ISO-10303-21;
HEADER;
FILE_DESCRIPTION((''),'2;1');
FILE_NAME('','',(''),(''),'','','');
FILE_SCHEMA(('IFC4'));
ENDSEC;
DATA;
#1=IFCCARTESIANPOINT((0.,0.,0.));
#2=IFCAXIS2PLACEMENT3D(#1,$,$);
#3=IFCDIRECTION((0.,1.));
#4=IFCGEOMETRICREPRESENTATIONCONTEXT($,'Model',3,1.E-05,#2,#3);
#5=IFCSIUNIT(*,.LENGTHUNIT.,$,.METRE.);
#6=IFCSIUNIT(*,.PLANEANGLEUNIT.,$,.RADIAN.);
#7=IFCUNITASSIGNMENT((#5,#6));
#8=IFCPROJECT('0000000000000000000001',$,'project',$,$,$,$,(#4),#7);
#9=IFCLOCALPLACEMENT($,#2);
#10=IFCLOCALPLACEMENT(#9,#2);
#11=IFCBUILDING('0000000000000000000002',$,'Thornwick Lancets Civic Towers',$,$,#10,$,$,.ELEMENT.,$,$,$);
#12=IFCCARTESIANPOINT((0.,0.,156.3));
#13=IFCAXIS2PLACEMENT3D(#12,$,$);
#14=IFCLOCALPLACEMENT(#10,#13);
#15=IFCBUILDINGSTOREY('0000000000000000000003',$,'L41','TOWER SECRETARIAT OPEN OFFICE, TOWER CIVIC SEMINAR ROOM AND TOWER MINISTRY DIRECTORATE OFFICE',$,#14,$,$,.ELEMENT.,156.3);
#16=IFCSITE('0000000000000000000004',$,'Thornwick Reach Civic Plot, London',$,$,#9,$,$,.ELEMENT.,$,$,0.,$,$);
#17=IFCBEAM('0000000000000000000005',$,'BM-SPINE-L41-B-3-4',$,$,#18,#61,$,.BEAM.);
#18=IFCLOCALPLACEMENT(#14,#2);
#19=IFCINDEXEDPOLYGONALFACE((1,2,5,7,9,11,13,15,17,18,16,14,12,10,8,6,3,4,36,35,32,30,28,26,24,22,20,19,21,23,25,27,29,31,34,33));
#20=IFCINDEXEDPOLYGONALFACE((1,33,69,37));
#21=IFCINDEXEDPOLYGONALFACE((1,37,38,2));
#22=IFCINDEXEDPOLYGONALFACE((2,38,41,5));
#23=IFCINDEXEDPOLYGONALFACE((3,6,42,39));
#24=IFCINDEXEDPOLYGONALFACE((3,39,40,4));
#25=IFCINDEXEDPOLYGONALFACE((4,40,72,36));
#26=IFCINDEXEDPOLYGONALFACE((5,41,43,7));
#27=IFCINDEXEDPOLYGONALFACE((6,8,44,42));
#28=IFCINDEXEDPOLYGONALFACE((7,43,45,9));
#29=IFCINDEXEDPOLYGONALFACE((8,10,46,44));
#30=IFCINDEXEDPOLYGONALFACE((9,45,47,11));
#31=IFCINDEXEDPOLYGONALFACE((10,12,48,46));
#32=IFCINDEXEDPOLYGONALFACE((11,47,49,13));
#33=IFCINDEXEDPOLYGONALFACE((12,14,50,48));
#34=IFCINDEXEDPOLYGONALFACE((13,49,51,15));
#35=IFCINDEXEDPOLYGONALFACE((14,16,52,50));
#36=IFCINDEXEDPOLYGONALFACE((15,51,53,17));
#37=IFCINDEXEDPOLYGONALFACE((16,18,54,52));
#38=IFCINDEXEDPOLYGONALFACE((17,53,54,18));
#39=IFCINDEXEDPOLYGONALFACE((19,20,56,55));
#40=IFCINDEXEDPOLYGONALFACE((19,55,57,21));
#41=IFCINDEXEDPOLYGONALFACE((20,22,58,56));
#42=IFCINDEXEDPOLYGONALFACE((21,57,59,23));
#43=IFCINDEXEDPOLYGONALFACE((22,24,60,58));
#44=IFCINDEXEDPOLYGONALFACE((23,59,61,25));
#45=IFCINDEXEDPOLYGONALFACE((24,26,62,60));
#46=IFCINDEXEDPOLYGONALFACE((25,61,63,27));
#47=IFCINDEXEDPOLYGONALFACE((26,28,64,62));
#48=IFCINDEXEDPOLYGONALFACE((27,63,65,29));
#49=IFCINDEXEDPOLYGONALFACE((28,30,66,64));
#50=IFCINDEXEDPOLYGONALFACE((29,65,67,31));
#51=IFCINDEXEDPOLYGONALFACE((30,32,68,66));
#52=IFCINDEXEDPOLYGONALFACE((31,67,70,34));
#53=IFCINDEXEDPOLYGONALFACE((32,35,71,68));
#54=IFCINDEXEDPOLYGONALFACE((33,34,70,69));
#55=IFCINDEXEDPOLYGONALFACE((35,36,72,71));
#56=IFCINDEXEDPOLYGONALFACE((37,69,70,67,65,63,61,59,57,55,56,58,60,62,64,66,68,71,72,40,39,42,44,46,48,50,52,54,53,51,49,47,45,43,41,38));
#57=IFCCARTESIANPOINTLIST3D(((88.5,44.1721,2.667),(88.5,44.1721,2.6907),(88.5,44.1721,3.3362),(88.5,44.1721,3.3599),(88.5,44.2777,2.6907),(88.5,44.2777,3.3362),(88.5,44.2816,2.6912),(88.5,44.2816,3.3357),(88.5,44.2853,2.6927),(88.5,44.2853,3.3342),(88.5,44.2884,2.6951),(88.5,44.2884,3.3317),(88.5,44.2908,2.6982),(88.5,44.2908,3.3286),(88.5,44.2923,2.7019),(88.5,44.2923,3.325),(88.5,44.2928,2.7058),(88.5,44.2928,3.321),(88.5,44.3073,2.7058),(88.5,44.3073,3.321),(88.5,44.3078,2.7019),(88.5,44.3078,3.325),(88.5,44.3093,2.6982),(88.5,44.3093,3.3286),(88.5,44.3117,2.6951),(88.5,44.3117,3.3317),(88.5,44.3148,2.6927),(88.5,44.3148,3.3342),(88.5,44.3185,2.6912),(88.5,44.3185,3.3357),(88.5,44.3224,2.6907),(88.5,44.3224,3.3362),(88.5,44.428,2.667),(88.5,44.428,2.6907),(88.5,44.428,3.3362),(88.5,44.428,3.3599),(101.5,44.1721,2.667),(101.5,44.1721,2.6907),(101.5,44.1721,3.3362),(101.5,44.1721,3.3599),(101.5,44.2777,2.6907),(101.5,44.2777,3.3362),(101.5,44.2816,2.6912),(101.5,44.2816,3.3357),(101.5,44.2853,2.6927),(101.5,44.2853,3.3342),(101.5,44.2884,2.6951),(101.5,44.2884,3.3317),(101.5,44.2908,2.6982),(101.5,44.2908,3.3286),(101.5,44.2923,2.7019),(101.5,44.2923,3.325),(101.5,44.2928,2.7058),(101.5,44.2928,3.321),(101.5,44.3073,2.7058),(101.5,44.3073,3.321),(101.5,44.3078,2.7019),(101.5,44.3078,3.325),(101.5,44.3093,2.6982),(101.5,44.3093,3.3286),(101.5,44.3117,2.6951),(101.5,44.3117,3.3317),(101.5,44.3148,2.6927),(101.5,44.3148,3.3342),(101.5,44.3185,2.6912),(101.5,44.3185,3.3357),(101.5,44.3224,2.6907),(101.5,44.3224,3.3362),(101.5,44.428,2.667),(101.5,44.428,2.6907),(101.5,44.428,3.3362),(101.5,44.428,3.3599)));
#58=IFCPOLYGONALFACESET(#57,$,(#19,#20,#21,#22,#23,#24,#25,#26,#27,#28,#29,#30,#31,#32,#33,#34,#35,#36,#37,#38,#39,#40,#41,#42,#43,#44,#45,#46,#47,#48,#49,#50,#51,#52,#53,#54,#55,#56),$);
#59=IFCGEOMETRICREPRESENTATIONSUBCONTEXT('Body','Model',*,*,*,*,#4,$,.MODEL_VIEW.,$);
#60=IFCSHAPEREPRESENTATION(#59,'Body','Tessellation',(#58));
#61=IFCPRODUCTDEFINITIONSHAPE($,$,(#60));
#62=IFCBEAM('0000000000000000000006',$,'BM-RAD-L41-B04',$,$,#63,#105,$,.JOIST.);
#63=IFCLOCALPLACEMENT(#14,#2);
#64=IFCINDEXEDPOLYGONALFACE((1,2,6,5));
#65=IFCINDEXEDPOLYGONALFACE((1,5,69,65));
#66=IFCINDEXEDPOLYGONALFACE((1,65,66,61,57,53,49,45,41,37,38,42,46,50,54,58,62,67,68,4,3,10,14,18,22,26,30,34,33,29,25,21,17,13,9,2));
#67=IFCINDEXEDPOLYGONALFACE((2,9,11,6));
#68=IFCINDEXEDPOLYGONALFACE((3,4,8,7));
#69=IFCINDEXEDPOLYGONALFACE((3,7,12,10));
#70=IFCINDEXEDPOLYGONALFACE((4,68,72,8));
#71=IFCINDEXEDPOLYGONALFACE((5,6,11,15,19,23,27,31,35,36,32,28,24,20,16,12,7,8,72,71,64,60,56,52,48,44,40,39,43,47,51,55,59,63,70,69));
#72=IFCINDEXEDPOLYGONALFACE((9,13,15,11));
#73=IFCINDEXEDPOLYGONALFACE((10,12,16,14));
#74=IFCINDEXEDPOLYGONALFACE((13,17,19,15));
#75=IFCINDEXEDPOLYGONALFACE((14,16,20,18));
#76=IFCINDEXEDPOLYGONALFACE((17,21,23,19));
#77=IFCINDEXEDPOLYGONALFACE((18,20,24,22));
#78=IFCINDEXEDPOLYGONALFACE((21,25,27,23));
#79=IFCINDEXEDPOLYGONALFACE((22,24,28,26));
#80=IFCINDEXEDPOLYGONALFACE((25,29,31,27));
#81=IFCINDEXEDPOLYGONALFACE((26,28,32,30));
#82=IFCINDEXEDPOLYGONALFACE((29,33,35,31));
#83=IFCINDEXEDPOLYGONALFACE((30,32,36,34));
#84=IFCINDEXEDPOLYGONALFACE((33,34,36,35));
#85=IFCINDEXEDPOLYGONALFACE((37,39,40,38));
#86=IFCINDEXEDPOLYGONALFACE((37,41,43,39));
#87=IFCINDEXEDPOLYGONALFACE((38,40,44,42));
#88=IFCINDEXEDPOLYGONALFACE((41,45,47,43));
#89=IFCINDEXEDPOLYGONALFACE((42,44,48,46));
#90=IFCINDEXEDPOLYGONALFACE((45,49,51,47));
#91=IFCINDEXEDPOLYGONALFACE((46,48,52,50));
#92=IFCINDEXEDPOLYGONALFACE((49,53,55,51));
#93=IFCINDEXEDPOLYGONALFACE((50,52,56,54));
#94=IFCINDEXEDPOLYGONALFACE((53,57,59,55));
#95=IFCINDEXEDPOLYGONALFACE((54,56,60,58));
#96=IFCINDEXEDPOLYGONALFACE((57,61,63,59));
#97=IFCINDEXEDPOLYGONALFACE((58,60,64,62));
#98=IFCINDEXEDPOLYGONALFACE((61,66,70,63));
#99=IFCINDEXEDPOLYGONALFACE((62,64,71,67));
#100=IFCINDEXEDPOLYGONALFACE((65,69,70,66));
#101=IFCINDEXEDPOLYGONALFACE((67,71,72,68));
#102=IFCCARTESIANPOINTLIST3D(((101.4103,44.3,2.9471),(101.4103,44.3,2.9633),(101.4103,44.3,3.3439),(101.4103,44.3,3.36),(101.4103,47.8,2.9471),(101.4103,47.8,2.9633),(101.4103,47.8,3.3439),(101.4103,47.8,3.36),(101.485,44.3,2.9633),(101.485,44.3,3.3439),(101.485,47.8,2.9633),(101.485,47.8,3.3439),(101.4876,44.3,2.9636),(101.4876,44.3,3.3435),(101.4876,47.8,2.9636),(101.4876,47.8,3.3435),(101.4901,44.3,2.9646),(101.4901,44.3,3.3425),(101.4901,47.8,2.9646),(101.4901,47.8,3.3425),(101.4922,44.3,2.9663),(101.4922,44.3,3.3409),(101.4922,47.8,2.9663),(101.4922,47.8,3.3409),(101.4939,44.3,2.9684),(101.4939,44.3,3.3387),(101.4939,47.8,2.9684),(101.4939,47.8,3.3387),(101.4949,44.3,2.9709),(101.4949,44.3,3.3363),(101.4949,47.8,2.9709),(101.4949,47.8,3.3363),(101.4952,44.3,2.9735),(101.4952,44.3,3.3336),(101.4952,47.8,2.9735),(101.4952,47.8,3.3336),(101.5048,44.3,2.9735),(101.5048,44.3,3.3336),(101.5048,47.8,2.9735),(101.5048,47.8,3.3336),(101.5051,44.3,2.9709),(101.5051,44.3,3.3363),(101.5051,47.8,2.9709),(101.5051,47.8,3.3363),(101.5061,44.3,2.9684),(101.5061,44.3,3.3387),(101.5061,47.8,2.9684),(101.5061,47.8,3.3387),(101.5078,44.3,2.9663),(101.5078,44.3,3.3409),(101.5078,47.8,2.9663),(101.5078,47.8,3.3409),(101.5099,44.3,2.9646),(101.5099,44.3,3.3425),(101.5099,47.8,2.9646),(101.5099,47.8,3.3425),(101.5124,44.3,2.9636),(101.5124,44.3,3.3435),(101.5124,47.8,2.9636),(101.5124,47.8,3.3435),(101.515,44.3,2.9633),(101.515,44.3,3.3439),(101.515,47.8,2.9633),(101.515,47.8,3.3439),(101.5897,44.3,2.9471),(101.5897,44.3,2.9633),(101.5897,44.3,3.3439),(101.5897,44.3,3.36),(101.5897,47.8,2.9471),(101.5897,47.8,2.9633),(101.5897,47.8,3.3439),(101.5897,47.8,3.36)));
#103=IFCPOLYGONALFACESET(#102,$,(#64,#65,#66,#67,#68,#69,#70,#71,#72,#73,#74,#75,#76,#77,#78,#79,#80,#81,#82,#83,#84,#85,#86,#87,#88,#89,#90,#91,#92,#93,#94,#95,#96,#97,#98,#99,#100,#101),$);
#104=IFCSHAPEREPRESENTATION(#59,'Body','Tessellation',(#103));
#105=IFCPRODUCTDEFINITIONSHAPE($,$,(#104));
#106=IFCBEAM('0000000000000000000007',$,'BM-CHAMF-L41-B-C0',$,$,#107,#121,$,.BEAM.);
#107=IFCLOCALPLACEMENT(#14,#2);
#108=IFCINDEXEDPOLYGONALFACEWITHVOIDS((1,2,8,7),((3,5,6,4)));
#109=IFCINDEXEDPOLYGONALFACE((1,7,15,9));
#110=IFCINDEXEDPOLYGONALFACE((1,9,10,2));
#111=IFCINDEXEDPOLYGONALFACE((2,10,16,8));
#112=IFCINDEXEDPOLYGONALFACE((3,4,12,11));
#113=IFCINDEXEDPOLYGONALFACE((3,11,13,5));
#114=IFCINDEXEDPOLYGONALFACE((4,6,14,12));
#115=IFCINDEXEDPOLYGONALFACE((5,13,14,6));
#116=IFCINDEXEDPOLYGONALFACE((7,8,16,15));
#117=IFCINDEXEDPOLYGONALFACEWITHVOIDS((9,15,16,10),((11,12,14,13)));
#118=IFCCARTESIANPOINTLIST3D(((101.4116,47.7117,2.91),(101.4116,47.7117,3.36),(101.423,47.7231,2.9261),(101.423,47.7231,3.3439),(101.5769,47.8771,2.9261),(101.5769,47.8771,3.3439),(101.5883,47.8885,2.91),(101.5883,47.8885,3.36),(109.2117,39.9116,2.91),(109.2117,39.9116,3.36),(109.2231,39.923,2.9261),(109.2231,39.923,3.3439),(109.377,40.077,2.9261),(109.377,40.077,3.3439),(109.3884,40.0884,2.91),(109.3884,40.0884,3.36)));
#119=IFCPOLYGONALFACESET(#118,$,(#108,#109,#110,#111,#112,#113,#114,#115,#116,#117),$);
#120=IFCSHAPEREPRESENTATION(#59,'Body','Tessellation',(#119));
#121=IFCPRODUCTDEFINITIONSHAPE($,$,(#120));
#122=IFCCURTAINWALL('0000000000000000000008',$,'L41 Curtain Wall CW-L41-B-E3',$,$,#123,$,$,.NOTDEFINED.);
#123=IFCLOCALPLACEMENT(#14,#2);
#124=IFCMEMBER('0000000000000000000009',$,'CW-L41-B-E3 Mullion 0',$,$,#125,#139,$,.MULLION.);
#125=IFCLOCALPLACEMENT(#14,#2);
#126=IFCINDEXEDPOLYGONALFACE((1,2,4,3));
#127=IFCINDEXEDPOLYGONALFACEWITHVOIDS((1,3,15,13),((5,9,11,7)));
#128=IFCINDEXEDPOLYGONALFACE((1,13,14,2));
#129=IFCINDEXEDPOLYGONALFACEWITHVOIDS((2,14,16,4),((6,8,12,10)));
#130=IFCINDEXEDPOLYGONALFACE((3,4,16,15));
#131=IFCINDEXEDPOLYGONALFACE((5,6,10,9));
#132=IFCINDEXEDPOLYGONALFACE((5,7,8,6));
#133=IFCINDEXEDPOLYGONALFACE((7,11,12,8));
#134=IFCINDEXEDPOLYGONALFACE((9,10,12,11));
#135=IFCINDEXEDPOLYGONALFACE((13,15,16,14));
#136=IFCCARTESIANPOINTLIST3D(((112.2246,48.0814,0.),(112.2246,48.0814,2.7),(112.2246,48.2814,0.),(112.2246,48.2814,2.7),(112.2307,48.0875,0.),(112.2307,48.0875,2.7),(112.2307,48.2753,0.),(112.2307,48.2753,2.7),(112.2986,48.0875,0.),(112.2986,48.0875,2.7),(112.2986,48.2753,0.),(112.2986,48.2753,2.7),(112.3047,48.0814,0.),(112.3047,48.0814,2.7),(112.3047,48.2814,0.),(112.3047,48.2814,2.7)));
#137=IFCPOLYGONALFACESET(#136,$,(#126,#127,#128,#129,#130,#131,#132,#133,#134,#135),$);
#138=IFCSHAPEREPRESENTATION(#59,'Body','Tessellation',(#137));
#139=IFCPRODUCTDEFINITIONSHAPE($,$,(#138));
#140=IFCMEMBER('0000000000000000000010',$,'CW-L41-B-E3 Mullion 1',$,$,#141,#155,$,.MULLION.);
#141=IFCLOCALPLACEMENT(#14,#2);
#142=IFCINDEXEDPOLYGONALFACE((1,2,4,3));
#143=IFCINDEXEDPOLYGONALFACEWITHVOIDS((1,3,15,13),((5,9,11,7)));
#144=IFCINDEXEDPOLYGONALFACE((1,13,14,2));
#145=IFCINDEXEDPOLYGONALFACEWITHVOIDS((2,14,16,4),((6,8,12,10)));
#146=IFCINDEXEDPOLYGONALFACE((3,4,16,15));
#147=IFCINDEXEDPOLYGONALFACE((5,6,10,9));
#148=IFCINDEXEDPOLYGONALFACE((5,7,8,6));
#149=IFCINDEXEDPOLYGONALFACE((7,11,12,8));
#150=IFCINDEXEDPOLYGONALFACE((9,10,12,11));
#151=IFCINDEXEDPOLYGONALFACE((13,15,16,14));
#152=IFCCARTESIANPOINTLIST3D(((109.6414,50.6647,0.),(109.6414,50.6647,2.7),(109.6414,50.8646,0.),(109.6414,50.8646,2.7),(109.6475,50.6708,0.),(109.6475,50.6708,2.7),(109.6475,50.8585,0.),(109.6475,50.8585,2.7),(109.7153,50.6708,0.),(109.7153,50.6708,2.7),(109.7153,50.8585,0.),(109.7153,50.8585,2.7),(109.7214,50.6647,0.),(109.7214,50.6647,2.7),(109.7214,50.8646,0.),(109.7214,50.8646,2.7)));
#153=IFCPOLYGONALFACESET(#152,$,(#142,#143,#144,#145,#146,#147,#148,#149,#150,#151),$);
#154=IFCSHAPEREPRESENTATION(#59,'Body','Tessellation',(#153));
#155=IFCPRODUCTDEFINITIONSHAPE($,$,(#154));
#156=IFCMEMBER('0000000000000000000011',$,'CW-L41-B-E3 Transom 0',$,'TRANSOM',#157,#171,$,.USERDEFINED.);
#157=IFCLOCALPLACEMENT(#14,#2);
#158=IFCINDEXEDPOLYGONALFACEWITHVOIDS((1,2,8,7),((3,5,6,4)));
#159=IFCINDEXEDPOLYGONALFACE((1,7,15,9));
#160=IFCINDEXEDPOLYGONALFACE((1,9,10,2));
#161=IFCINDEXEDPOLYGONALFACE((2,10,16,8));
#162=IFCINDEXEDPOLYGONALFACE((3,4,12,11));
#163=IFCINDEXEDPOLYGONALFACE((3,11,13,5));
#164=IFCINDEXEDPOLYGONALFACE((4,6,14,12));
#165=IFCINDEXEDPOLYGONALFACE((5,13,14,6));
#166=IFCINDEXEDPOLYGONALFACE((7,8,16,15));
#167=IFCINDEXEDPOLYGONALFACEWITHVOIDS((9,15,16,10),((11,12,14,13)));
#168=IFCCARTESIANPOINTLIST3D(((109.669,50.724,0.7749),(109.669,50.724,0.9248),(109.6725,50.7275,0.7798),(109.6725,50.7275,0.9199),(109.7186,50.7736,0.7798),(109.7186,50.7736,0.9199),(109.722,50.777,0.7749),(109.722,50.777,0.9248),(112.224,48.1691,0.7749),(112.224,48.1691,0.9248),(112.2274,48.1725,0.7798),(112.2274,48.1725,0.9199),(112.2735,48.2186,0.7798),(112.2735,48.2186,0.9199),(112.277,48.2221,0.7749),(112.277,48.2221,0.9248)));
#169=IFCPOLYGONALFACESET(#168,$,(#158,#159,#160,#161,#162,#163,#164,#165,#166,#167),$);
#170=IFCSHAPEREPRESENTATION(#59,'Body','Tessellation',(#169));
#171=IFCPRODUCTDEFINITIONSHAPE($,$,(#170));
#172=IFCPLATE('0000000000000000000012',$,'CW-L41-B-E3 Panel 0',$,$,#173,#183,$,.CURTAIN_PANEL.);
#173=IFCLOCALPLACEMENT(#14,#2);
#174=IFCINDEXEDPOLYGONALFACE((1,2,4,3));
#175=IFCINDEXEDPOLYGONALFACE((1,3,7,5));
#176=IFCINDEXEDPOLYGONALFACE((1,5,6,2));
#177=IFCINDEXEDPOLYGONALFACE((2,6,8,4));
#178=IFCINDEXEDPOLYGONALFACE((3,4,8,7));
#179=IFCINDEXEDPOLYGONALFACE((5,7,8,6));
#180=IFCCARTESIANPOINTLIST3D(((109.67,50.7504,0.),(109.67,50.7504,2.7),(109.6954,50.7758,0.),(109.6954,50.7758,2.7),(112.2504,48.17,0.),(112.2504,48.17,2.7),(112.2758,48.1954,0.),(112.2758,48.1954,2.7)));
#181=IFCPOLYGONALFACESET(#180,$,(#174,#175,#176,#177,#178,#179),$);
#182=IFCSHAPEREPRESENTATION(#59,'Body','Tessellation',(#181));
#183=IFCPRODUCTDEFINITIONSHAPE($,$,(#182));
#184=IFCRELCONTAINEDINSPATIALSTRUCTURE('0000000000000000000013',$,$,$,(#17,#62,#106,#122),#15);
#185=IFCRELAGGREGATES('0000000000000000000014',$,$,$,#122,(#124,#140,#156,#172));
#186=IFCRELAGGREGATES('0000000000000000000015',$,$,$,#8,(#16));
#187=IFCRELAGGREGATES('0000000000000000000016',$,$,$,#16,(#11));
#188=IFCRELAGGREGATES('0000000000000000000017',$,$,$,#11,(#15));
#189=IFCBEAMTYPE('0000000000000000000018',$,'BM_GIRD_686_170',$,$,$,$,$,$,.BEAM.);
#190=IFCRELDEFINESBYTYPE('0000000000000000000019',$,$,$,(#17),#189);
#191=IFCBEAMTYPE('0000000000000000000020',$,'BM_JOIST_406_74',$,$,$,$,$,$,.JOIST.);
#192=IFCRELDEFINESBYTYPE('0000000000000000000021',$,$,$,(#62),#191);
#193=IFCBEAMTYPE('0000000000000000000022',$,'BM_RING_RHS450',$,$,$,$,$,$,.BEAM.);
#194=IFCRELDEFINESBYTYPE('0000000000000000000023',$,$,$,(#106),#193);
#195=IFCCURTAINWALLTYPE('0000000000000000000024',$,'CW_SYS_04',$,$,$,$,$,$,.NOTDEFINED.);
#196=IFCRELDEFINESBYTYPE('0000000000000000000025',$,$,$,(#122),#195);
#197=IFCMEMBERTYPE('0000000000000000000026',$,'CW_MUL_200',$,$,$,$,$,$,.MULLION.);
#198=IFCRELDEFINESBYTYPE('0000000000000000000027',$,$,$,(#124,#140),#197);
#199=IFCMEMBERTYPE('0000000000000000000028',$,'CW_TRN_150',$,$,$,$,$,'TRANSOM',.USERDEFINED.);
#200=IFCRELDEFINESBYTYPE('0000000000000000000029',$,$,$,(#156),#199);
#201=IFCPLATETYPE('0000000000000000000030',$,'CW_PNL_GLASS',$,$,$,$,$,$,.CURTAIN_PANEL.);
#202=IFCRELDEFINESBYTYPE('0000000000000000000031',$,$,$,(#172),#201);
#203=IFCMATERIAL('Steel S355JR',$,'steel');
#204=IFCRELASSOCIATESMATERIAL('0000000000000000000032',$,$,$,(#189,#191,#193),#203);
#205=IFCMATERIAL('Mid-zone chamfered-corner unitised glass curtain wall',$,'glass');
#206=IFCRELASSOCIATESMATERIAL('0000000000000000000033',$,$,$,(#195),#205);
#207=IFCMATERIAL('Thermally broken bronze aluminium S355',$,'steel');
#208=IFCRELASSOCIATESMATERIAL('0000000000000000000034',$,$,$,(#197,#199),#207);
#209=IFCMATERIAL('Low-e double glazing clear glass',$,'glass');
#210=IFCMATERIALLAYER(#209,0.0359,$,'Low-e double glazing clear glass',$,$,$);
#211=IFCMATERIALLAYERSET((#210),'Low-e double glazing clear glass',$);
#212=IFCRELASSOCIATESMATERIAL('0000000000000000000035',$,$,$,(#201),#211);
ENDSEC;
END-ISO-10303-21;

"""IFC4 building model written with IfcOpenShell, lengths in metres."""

from ifc_helpers import new_model, si_unit, direction, frame, origin, origin_2d, place, context, subcontext, project, spatial, rectangle, hollow_rectangle, i_section, extrude, material, layer, layer_set, material_profile, profile_set, type_object, element, aggregate, save


model = new_model("IFC4")

# Units and contexts
model_context = context("Model", 3, precision=1e-05, world=origin(), true_north=direction((0.0, 1.0)))
body_context = subcontext(model_context, "Body", "Model", "MODEL_VIEW")
ifc_project = project(units=[si_unit("LENGTHUNIT", "METRE"), si_unit("PLANEANGLEUNIT", "RADIAN")], contexts=[model_context])

# Site, building, storey
site_placement = place(None, origin())
site = spatial("IfcSite", under=ifc_project, at=site_placement, Name="Thornwick Reach Civic Plot, London", CompositionType="ELEMENT", RefElevation=0.0)
building_placement = place(site_placement, origin())
building = spatial("IfcBuilding", under=site, at=building_placement, Name="Thornwick Lancets Civic Towers", CompositionType="ELEMENT")
storey_placement = place(building_placement, frame((0.0, 0.0, 156.3)))
storey = spatial("IfcBuildingStorey", under=building, at=storey_placement, Name="L41", Description="TOWER SECRETARIAT OPEN OFFICE, TOWER CIVIC SEMINAR ROOM AND TOWER MINISTRY DIRECTORATE OFFICE", CompositionType="ELEMENT", Elevation=156.3)

# Beams
ifc_material_1 = material(Name="Steel S355JR", Category="steel")
ifc_material_profile_1 = material_profile(ifc_material_1, i_section(OverallWidth=0.2559, OverallDepth=0.6929, WebThickness=0.0144, FlangeThickness=0.0237, FilletRadius=0.0151, at=origin_2d()), Name="UKB 686x254x170")
ifc_profile_set_1 = profile_set([ifc_material_profile_1], Name="Steel S355JR")
beam_type_1 = type_object("IfcBeamType", Name="BM_GIRD_686_170", PredefinedType="BEAM", material=ifc_profile_set_1)
beam_1_placement = place(storey_placement, frame((101.5, 44.3, 3.0134), z_axis=(-1.0, 0.0, 0.0), x_axis=(0.0, -1.0, 0.0)))
element("IfcBeam", 1, at=beam_1_placement, inside=storey, type_object=beam_type_1, Name="BM-SPINE-L41-B-3-4", PredefinedType="BEAM", context=body_context, shape_type="SweptSolid", body=[
    extrude(i_section(OverallWidth=0.2559, OverallDepth=0.6929, WebThickness=0.0144, FlangeThickness=0.0237, FilletRadius=0.0151, at=origin_2d()), origin(), (0.0, 0.0, 1.0), 13.0),
])
ifc_material_profile_2 = material_profile(ifc_material_1, i_section(OverallWidth=0.1794, OverallDepth=0.4128, WebThickness=0.0095, FlangeThickness=0.0161, FilletRadius=0.0103, at=origin_2d()), Name="UKB 406x178x74")
ifc_profile_set_2 = profile_set([ifc_material_profile_2], Name="Steel S355JR")
beam_type_2 = type_object("IfcBeamType", Name="BM_JOIST_406_74", PredefinedType="JOIST", material=ifc_profile_set_2)
beam_2_placement = place(storey_placement, frame((101.5, 44.3, 3.1536), z_axis=(0.0, 1.0, 0.0), x_axis=(-1.0, 0.0, 0.0)))
element("IfcBeam", 2, at=beam_2_placement, inside=storey, type_object=beam_type_2, Name="BM-RAD-L41-B04", PredefinedType="JOIST", context=body_context, shape_type="SweptSolid", body=[
    extrude(i_section(OverallWidth=0.1794, OverallDepth=0.4128, WebThickness=0.0095, FlangeThickness=0.0161, FilletRadius=0.0103, at=origin_2d()), origin(), (0.0, 0.0, 1.0), 3.5),
])
ifc_material_profile_3 = material_profile(ifc_material_1, hollow_rectangle(XDim=0.25, YDim=0.45, WallThickness=0.0161, at=origin_2d()), Name="RHS 450x250x16")
ifc_profile_set_3 = profile_set([ifc_material_profile_3], Name="Steel S355JR")
beam_type_3 = type_object("IfcBeamType", Name="BM_RING_RHS450", PredefinedType="BEAM", material=ifc_profile_set_3)
beam_3_placement = place(storey_placement, frame((109.3, 40.0, 3.135), z_axis=(-0.707107, 0.707107, 0.0), x_axis=(-0.707107, -0.707107, 0.0)))
element("IfcBeam", 3, at=beam_3_placement, inside=storey, type_object=beam_type_3, Name="BM-CHAMF-L41-B-C0", PredefinedType="BEAM", context=body_context, shape_type="SweptSolid", body=[
    extrude(hollow_rectangle(XDim=0.25, YDim=0.45, WallThickness=0.0161, at=origin_2d()), origin(), (0.0, 0.0, 1.0), 11.031),
])

# Curtain wall, members, plate
ifc_material_2 = material(Name="Mid-zone chamfered-corner unitised glass curtain wall", Category="glass")
curtain_wall_type = type_object("IfcCurtainWallType", Name="CW_SYS_04", PredefinedType="NOTDEFINED", material=ifc_material_2)
curtain_wall_placement = place(storey_placement, origin())
curtain_wall = element("IfcCurtainWall", 4, at=curtain_wall_placement, inside=storey, type_object=curtain_wall_type, Name="L41 Curtain Wall CW-L41-B-E3", PredefinedType="NOTDEFINED")
ifc_material_3 = material(Name="Thermally broken bronze aluminium S355", Category="steel")
ifc_material_profile_4 = material_profile(ifc_material_3, hollow_rectangle(XDim=0.0801, YDim=0.2, WallThickness=0.0061, at=origin_2d()), Name="RHS 200x80x6")
ifc_profile_set_4 = profile_set([ifc_material_profile_4], Name="Thermally broken bronze aluminium S355")
member_type_1 = type_object("IfcMemberType", Name="CW_MUL_200", PredefinedType="MULLION", material=ifc_profile_set_4)
member_1_placement = place(storey_placement, frame((112.2646, 48.1814, 0.0), z_axis=(0.0, 0.0, 1.0), x_axis=(1.0, 0.0, 0.0)))
member_1 = element("IfcMember", 5, at=member_1_placement, type_object=member_type_1, Name="CW-L41-B-E3 Mullion 0", PredefinedType="MULLION", context=body_context, shape_type="SweptSolid", body=[
    extrude(hollow_rectangle(XDim=0.0801, YDim=0.2, WallThickness=0.0061, at=origin_2d()), origin(), (0.0, 0.0, 1.0), 2.7),
])
member_2_placement = place(storey_placement, frame((109.6814, 50.7646, 0.0), z_axis=(0.0, 0.0, 1.0), x_axis=(1.0, 0.0, 0.0)))
member_2 = element("IfcMember", 6, at=member_2_placement, type_object=member_type_1, Name="CW-L41-B-E3 Mullion 1", PredefinedType="MULLION", context=body_context, shape_type="SweptSolid", body=[
    extrude(hollow_rectangle(XDim=0.0801, YDim=0.2, WallThickness=0.0061, at=origin_2d()), origin(), (0.0, 0.0, 1.0), 2.7),
])
ifc_material_profile_5 = material_profile(ifc_material_3, hollow_rectangle(XDim=0.075, YDim=0.1499, WallThickness=0.0049, at=origin_2d()), Name="RHS 150x75x5")
ifc_profile_set_5 = profile_set([ifc_material_profile_5], Name="Thermally broken bronze aluminium S355")
member_type_2 = type_object("IfcMemberType", Name="CW_TRN_150", ElementType="TRANSOM", PredefinedType="USERDEFINED", material=ifc_profile_set_5)
member_3_placement = place(storey_placement, frame((112.2505, 48.1956, 0.8499), z_axis=(-0.707107, 0.707107, 0.0), x_axis=(-0.707107, -0.707107, 0.0)))
member_3 = element("IfcMember", 7, at=member_3_placement, type_object=member_type_2, Name="CW-L41-B-E3 Transom 0", ObjectType="TRANSOM", PredefinedType="USERDEFINED", context=body_context, shape_type="SweptSolid", body=[
    extrude(hollow_rectangle(XDim=0.075, YDim=0.1499, WallThickness=0.0049, at=origin_2d()), origin(), (0.0, 0.0, 1.0), 3.6133),
])
ifc_material_4 = material(Name="Low-e double glazing clear glass", Category="glass")
ifc_layer_1 = layer(ifc_material_4, 0.0359, Name="Low-e double glazing clear glass")
ifc_layer_set_1 = layer_set([ifc_layer_1], Name="Low-e double glazing clear glass")
plate_type = type_object("IfcPlateType", Name="CW_PNL_GLASS", PredefinedType="CURTAIN_PANEL", material=ifc_layer_set_1)
plate_placement = place(storey_placement, frame((110.9729, 49.4729, 0.0), z_axis=(0.0, 0.0, 1.0), x_axis=(-0.707107, 0.707107, 0.0)))
plate = element("IfcPlate", 8, at=plate_placement, type_object=plate_type, Name="CW-L41-B-E3 Panel 0", PredefinedType="CURTAIN_PANEL", context=body_context, shape_type="SweptSolid", body=[
    extrude(rectangle(XDim=3.6492, YDim=0.0359, at=origin_2d()), origin(), (0.0, 0.0, 1.0), 2.7),
])
aggregate(curtain_wall, [member_1, member_2, member_3, plate])

save(model, "model.ifc")
